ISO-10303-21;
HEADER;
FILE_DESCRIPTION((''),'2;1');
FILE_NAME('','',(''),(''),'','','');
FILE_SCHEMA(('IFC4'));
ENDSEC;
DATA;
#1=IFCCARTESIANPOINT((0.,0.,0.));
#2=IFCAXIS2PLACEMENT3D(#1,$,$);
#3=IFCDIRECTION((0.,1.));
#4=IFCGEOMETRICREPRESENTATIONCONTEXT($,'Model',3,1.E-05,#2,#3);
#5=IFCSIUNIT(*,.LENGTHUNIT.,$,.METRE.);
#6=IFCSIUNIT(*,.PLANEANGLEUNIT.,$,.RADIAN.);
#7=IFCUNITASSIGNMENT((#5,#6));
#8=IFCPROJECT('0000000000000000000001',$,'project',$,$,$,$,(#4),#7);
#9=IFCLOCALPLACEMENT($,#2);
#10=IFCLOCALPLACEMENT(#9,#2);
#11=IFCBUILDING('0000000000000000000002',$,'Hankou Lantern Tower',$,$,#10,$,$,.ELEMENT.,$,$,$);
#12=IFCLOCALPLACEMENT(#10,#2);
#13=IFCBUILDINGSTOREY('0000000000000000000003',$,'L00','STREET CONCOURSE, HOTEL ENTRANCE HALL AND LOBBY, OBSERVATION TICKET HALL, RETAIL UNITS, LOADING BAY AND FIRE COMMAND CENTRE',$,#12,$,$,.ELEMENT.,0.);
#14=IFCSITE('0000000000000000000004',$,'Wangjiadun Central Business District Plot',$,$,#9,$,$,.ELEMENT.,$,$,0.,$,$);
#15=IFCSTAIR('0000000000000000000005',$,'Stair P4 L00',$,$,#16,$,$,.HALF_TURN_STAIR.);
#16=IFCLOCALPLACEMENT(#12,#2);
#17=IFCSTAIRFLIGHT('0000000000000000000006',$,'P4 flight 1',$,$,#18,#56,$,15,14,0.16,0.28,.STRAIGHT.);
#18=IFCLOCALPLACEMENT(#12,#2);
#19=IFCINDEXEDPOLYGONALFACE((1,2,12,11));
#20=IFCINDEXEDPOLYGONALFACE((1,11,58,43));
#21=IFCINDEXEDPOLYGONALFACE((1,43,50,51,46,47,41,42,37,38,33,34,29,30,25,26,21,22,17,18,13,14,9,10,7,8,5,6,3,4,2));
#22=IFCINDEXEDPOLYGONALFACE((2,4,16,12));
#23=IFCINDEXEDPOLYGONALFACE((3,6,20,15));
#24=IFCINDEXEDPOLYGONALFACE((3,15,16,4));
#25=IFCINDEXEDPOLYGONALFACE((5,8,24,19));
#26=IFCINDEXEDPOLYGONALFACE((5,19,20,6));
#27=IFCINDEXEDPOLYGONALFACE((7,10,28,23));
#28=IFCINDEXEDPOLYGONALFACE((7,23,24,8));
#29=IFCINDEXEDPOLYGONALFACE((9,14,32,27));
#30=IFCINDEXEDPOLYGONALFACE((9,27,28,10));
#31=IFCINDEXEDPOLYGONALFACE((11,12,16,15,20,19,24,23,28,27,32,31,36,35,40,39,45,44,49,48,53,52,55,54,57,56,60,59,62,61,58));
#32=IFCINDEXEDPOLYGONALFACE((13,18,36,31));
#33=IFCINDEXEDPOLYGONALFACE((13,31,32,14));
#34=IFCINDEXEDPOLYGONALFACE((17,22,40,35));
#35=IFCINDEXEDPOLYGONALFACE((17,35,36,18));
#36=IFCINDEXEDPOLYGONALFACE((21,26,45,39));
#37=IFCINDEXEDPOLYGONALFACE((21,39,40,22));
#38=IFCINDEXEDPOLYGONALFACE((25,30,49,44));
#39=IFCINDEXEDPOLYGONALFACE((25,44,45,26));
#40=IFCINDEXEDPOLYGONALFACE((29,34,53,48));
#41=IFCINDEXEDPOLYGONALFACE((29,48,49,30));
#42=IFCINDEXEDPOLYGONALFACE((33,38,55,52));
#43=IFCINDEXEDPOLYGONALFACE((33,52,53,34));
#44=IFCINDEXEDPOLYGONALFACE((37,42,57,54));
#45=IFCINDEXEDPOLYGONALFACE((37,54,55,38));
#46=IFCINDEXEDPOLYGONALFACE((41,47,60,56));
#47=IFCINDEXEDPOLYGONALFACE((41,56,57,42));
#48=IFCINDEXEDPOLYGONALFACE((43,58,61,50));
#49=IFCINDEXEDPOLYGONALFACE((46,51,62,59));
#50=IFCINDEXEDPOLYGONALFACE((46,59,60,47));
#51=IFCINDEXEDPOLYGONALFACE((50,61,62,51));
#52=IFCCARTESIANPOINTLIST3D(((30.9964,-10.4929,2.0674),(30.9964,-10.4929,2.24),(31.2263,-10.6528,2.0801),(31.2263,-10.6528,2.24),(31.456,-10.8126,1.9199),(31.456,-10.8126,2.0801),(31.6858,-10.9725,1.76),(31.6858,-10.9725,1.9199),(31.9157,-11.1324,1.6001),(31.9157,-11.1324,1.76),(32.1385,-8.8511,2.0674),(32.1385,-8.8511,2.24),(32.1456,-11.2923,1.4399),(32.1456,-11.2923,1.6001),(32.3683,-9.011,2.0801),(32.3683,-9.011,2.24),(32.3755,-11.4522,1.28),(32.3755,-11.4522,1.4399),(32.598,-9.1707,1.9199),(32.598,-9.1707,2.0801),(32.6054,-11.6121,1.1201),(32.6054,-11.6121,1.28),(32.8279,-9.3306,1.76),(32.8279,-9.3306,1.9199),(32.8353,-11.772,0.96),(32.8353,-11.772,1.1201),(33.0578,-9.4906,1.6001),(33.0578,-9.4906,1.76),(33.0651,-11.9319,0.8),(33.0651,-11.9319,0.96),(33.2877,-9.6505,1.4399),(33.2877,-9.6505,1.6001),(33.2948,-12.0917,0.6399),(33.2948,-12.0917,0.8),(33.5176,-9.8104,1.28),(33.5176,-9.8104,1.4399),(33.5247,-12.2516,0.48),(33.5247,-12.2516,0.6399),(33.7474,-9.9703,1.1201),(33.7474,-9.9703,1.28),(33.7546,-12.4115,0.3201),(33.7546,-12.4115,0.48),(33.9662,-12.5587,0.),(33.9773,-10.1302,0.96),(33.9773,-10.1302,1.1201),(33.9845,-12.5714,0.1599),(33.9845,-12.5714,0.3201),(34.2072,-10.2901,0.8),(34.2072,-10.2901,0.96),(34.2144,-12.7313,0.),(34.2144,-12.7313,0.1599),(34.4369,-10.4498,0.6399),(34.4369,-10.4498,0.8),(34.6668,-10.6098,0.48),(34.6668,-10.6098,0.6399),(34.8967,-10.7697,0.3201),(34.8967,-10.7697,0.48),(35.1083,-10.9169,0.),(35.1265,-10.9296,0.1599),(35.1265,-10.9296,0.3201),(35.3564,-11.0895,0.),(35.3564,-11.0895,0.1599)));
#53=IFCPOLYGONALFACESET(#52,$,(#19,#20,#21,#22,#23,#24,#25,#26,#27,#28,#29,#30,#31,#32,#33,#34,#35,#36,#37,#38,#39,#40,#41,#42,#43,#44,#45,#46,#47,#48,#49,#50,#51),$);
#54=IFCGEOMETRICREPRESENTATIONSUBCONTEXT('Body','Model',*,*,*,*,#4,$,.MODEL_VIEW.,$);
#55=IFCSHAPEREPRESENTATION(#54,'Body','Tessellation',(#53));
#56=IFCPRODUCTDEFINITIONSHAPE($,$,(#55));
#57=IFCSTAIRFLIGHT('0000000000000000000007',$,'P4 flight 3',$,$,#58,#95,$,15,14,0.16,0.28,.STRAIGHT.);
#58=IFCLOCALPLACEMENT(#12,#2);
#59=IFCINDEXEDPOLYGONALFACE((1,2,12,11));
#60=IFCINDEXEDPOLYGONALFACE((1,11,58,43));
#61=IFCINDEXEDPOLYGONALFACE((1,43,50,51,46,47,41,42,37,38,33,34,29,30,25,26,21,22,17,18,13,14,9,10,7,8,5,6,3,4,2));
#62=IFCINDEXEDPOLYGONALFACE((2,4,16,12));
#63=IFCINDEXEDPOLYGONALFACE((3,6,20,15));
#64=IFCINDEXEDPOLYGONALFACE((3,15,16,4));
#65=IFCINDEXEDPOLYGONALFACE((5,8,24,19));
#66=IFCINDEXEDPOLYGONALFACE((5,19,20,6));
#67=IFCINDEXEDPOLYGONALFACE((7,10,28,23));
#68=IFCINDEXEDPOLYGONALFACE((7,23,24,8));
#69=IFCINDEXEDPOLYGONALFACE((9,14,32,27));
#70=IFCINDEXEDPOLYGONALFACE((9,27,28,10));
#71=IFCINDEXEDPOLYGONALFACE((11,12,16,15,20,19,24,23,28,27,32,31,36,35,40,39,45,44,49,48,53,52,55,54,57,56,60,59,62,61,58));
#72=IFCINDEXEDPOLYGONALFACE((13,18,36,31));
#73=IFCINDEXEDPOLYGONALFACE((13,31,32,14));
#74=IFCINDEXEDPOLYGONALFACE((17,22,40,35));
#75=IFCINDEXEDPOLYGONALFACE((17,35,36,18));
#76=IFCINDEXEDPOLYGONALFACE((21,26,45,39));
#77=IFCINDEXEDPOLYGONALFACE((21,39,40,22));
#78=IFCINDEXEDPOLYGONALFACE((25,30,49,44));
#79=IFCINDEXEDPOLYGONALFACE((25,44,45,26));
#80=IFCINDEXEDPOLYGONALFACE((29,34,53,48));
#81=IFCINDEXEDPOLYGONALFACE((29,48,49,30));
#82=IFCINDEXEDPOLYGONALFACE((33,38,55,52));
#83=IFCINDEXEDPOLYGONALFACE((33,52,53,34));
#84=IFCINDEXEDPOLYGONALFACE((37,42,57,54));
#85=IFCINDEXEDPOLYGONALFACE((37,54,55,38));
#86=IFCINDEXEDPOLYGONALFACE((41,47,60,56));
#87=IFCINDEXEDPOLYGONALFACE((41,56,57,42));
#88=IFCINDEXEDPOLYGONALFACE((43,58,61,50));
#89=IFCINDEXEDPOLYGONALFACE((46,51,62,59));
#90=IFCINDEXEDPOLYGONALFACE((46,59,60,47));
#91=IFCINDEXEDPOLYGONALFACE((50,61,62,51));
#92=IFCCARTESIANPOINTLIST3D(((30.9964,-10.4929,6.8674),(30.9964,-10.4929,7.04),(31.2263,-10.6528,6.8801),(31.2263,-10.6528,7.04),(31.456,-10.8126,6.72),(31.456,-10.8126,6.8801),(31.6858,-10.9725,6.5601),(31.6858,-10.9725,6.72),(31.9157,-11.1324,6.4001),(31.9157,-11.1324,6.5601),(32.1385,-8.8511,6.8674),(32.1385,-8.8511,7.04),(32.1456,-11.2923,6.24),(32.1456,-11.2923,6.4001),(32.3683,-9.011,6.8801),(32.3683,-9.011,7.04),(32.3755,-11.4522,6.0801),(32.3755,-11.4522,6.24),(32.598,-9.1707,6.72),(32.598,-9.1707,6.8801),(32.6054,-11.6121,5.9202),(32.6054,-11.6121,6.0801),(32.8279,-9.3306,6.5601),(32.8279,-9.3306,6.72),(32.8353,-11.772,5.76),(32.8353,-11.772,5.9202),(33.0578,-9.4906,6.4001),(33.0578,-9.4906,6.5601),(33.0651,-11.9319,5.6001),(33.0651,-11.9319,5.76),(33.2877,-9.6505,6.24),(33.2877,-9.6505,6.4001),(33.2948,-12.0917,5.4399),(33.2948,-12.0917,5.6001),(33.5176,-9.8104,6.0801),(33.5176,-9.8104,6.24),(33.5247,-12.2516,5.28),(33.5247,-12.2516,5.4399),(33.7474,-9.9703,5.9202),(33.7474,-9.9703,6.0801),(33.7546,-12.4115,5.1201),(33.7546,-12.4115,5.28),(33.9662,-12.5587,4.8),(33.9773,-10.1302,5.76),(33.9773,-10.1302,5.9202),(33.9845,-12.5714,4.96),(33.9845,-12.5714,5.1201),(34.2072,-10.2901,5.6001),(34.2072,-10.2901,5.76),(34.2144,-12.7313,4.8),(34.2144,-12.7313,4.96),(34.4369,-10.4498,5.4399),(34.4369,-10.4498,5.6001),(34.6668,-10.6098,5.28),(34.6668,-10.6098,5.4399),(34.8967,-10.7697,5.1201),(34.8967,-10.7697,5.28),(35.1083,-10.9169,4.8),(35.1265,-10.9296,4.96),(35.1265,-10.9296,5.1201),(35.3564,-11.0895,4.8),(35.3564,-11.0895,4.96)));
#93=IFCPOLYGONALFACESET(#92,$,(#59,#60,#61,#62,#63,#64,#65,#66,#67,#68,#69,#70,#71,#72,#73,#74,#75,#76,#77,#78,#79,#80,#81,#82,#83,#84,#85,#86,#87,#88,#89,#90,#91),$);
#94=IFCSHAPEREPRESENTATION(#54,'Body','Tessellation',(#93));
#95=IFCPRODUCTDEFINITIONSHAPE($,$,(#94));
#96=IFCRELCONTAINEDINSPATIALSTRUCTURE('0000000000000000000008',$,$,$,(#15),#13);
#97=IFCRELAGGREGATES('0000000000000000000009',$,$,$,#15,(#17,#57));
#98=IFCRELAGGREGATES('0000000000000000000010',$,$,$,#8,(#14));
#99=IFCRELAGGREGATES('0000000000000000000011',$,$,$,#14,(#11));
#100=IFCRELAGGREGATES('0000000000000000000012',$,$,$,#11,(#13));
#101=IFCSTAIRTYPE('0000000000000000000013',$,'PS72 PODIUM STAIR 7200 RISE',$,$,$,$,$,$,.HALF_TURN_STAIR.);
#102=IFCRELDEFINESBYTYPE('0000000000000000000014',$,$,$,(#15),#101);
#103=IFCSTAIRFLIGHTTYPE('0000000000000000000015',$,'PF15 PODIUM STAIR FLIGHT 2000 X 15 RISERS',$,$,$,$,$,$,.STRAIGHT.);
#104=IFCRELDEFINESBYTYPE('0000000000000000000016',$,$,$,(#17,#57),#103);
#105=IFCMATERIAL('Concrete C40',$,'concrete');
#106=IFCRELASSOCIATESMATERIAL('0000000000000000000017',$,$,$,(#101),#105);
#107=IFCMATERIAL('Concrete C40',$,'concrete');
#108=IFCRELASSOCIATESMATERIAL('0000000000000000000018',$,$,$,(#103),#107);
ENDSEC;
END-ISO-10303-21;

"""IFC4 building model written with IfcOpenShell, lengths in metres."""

from ifc_helpers import new_model, si_unit, direction, frame, origin, place, context, subcontext, project, spatial, polyline, outline, extrude, material, type_object, element, aggregate, save


model = new_model("IFC4")

# Units and contexts
model_context = context("Model", 3, precision=1e-05, world=origin(), true_north=direction((0.0, 1.0)))
body_context = subcontext(model_context, "Body", "Model", "MODEL_VIEW")
ifc_project = project(units=[si_unit("LENGTHUNIT", "METRE"), si_unit("PLANEANGLEUNIT", "RADIAN")], contexts=[model_context])

# Site, building, storey
site_placement = place(None, origin())
site = spatial("IfcSite", under=ifc_project, at=site_placement, Name="Wangjiadun Central Business District Plot", CompositionType="ELEMENT", RefElevation=0.0)
building_placement = place(site_placement, origin())
building = spatial("IfcBuilding", under=site, at=building_placement, Name="Hankou Lantern Tower", CompositionType="ELEMENT")
storey_placement = place(building_placement, origin())
storey = spatial("IfcBuildingStorey", under=building, at=storey_placement, Name="L00", Description="STREET CONCOURSE, HOTEL ENTRANCE HALL AND LOBBY, OBSERVATION TICKET HALL, RETAIL UNITS, LOADING BAY AND FIRE COMMAND CENTRE", CompositionType="ELEMENT", Elevation=0.0)

# Stair, stair flights
ifc_material_1 = material(Name="Concrete C40", Category="concrete")
stair_type = type_object("IfcStairType", Name="PS72 PODIUM STAIR 7200 RISE", PredefinedType="HALF_TURN_STAIR", material=ifc_material_1)
stair_placement = place(storey_placement, origin())
stair = element("IfcStair", 1, at=stair_placement, inside=storey, type_object=stair_type, Name="Stair P4 L00", PredefinedType="HALF_TURN_STAIR")
ifc_material_2 = material(Name="Concrete C40", Category="concrete")
stair_flight_type = type_object("IfcStairFlightType", Name="PF15 PODIUM STAIR FLIGHT 2000 X 15 RISERS", PredefinedType="STRAIGHT", material=ifc_material_2)
stair_flight_1_placement = place(storey_placement, frame((34.7854, -11.9104, 0.0), z_axis=(0.0, 0.0, 1.0), x_axis=(-0.820927, 0.571033, 0.0)))
stair_flight_1 = element("IfcStairFlight", 2, at=stair_flight_1_placement, type_object=stair_flight_type, Name="P4 flight 1", NumberOfRisers=15, NumberOfTreads=14, PredefinedType="STRAIGHT", RiserHeight=0.16, TreadLength=0.28, context=body_context, shape_type="SweptSolid", body=[
    extrude(outline(polyline([(0.0, 0.0), (0.0, 0.1599), (0.28, 0.1599), (0.28, 0.3201), (0.5601, 0.3201), (0.5601, 0.48), (0.8401, 0.48), (0.8401, 0.6399), (1.1201, 0.6399), (1.1201, 0.8), (1.3999, 0.8), (1.3999, 0.96), (1.6799, 0.96), (1.6799, 1.1201), (1.96, 1.1201), (1.96, 1.28), (2.24, 1.28), (2.24, 1.4399), (2.52, 1.4399), (2.52, 1.6001), (2.8, 1.6001), (2.8, 1.76), (3.0801, 1.76), (3.0801, 1.9199), (3.3601, 1.9199), (3.3601, 2.0801), (3.6399, 2.0801), (3.6399, 2.24), (3.9199, 2.24), (3.9199, 2.3999), (3.9199, 2.0674), (0.3022, 0.0), (0.0, 0.0)])), frame((0.0, 1.0, 0.0), z_axis=(0.0, -1.0, 0.0), x_axis=(1.0, 0.0, 0.0)), (0.0, 0.0, 1.0), 2.0),
])
stair_flight_2_placement = place(storey_placement, frame((34.7854, -11.9104, 4.8), z_axis=(0.0, 0.0, 1.0), x_axis=(-0.820927, 0.571033, 0.0)))
stair_flight_2 = element("IfcStairFlight", 3, at=stair_flight_2_placement, type_object=stair_flight_type, Name="P4 flight 3", NumberOfRisers=15, NumberOfTreads=14, PredefinedType="STRAIGHT", RiserHeight=0.16, TreadLength=0.28, context=body_context, shape_type="SweptSolid", body=[
    extrude(outline(polyline([(0.0, 0.0), (0.0, 0.1599), (0.28, 0.1599), (0.28, 0.3201), (0.5601, 0.3201), (0.5601, 0.48), (0.8401, 0.48), (0.8401, 0.6399), (1.1201, 0.6399), (1.1201, 0.8), (1.3999, 0.8), (1.3999, 0.96), (1.6799, 0.96), (1.6799, 1.1201), (1.96, 1.1201), (1.96, 1.28), (2.24, 1.28), (2.24, 1.4399), (2.52, 1.4399), (2.52, 1.6001), (2.8, 1.6001), (2.8, 1.76), (3.0801, 1.76), (3.0801, 1.9199), (3.3601, 1.9199), (3.3601, 2.0801), (3.6399, 2.0801), (3.6399, 2.24), (3.9199, 2.24), (3.9199, 2.3999), (3.9199, 2.0674), (0.3022, 0.0), (0.0, 0.0)])), frame((0.0, 1.0, 0.0), z_axis=(0.0, -1.0, 0.0), x_axis=(1.0, 0.0, 0.0)), (0.0, 0.0, 1.0), 2.0),
])
aggregate(stair, [stair_flight_1, stair_flight_2])

save(model, "model.ifc")
